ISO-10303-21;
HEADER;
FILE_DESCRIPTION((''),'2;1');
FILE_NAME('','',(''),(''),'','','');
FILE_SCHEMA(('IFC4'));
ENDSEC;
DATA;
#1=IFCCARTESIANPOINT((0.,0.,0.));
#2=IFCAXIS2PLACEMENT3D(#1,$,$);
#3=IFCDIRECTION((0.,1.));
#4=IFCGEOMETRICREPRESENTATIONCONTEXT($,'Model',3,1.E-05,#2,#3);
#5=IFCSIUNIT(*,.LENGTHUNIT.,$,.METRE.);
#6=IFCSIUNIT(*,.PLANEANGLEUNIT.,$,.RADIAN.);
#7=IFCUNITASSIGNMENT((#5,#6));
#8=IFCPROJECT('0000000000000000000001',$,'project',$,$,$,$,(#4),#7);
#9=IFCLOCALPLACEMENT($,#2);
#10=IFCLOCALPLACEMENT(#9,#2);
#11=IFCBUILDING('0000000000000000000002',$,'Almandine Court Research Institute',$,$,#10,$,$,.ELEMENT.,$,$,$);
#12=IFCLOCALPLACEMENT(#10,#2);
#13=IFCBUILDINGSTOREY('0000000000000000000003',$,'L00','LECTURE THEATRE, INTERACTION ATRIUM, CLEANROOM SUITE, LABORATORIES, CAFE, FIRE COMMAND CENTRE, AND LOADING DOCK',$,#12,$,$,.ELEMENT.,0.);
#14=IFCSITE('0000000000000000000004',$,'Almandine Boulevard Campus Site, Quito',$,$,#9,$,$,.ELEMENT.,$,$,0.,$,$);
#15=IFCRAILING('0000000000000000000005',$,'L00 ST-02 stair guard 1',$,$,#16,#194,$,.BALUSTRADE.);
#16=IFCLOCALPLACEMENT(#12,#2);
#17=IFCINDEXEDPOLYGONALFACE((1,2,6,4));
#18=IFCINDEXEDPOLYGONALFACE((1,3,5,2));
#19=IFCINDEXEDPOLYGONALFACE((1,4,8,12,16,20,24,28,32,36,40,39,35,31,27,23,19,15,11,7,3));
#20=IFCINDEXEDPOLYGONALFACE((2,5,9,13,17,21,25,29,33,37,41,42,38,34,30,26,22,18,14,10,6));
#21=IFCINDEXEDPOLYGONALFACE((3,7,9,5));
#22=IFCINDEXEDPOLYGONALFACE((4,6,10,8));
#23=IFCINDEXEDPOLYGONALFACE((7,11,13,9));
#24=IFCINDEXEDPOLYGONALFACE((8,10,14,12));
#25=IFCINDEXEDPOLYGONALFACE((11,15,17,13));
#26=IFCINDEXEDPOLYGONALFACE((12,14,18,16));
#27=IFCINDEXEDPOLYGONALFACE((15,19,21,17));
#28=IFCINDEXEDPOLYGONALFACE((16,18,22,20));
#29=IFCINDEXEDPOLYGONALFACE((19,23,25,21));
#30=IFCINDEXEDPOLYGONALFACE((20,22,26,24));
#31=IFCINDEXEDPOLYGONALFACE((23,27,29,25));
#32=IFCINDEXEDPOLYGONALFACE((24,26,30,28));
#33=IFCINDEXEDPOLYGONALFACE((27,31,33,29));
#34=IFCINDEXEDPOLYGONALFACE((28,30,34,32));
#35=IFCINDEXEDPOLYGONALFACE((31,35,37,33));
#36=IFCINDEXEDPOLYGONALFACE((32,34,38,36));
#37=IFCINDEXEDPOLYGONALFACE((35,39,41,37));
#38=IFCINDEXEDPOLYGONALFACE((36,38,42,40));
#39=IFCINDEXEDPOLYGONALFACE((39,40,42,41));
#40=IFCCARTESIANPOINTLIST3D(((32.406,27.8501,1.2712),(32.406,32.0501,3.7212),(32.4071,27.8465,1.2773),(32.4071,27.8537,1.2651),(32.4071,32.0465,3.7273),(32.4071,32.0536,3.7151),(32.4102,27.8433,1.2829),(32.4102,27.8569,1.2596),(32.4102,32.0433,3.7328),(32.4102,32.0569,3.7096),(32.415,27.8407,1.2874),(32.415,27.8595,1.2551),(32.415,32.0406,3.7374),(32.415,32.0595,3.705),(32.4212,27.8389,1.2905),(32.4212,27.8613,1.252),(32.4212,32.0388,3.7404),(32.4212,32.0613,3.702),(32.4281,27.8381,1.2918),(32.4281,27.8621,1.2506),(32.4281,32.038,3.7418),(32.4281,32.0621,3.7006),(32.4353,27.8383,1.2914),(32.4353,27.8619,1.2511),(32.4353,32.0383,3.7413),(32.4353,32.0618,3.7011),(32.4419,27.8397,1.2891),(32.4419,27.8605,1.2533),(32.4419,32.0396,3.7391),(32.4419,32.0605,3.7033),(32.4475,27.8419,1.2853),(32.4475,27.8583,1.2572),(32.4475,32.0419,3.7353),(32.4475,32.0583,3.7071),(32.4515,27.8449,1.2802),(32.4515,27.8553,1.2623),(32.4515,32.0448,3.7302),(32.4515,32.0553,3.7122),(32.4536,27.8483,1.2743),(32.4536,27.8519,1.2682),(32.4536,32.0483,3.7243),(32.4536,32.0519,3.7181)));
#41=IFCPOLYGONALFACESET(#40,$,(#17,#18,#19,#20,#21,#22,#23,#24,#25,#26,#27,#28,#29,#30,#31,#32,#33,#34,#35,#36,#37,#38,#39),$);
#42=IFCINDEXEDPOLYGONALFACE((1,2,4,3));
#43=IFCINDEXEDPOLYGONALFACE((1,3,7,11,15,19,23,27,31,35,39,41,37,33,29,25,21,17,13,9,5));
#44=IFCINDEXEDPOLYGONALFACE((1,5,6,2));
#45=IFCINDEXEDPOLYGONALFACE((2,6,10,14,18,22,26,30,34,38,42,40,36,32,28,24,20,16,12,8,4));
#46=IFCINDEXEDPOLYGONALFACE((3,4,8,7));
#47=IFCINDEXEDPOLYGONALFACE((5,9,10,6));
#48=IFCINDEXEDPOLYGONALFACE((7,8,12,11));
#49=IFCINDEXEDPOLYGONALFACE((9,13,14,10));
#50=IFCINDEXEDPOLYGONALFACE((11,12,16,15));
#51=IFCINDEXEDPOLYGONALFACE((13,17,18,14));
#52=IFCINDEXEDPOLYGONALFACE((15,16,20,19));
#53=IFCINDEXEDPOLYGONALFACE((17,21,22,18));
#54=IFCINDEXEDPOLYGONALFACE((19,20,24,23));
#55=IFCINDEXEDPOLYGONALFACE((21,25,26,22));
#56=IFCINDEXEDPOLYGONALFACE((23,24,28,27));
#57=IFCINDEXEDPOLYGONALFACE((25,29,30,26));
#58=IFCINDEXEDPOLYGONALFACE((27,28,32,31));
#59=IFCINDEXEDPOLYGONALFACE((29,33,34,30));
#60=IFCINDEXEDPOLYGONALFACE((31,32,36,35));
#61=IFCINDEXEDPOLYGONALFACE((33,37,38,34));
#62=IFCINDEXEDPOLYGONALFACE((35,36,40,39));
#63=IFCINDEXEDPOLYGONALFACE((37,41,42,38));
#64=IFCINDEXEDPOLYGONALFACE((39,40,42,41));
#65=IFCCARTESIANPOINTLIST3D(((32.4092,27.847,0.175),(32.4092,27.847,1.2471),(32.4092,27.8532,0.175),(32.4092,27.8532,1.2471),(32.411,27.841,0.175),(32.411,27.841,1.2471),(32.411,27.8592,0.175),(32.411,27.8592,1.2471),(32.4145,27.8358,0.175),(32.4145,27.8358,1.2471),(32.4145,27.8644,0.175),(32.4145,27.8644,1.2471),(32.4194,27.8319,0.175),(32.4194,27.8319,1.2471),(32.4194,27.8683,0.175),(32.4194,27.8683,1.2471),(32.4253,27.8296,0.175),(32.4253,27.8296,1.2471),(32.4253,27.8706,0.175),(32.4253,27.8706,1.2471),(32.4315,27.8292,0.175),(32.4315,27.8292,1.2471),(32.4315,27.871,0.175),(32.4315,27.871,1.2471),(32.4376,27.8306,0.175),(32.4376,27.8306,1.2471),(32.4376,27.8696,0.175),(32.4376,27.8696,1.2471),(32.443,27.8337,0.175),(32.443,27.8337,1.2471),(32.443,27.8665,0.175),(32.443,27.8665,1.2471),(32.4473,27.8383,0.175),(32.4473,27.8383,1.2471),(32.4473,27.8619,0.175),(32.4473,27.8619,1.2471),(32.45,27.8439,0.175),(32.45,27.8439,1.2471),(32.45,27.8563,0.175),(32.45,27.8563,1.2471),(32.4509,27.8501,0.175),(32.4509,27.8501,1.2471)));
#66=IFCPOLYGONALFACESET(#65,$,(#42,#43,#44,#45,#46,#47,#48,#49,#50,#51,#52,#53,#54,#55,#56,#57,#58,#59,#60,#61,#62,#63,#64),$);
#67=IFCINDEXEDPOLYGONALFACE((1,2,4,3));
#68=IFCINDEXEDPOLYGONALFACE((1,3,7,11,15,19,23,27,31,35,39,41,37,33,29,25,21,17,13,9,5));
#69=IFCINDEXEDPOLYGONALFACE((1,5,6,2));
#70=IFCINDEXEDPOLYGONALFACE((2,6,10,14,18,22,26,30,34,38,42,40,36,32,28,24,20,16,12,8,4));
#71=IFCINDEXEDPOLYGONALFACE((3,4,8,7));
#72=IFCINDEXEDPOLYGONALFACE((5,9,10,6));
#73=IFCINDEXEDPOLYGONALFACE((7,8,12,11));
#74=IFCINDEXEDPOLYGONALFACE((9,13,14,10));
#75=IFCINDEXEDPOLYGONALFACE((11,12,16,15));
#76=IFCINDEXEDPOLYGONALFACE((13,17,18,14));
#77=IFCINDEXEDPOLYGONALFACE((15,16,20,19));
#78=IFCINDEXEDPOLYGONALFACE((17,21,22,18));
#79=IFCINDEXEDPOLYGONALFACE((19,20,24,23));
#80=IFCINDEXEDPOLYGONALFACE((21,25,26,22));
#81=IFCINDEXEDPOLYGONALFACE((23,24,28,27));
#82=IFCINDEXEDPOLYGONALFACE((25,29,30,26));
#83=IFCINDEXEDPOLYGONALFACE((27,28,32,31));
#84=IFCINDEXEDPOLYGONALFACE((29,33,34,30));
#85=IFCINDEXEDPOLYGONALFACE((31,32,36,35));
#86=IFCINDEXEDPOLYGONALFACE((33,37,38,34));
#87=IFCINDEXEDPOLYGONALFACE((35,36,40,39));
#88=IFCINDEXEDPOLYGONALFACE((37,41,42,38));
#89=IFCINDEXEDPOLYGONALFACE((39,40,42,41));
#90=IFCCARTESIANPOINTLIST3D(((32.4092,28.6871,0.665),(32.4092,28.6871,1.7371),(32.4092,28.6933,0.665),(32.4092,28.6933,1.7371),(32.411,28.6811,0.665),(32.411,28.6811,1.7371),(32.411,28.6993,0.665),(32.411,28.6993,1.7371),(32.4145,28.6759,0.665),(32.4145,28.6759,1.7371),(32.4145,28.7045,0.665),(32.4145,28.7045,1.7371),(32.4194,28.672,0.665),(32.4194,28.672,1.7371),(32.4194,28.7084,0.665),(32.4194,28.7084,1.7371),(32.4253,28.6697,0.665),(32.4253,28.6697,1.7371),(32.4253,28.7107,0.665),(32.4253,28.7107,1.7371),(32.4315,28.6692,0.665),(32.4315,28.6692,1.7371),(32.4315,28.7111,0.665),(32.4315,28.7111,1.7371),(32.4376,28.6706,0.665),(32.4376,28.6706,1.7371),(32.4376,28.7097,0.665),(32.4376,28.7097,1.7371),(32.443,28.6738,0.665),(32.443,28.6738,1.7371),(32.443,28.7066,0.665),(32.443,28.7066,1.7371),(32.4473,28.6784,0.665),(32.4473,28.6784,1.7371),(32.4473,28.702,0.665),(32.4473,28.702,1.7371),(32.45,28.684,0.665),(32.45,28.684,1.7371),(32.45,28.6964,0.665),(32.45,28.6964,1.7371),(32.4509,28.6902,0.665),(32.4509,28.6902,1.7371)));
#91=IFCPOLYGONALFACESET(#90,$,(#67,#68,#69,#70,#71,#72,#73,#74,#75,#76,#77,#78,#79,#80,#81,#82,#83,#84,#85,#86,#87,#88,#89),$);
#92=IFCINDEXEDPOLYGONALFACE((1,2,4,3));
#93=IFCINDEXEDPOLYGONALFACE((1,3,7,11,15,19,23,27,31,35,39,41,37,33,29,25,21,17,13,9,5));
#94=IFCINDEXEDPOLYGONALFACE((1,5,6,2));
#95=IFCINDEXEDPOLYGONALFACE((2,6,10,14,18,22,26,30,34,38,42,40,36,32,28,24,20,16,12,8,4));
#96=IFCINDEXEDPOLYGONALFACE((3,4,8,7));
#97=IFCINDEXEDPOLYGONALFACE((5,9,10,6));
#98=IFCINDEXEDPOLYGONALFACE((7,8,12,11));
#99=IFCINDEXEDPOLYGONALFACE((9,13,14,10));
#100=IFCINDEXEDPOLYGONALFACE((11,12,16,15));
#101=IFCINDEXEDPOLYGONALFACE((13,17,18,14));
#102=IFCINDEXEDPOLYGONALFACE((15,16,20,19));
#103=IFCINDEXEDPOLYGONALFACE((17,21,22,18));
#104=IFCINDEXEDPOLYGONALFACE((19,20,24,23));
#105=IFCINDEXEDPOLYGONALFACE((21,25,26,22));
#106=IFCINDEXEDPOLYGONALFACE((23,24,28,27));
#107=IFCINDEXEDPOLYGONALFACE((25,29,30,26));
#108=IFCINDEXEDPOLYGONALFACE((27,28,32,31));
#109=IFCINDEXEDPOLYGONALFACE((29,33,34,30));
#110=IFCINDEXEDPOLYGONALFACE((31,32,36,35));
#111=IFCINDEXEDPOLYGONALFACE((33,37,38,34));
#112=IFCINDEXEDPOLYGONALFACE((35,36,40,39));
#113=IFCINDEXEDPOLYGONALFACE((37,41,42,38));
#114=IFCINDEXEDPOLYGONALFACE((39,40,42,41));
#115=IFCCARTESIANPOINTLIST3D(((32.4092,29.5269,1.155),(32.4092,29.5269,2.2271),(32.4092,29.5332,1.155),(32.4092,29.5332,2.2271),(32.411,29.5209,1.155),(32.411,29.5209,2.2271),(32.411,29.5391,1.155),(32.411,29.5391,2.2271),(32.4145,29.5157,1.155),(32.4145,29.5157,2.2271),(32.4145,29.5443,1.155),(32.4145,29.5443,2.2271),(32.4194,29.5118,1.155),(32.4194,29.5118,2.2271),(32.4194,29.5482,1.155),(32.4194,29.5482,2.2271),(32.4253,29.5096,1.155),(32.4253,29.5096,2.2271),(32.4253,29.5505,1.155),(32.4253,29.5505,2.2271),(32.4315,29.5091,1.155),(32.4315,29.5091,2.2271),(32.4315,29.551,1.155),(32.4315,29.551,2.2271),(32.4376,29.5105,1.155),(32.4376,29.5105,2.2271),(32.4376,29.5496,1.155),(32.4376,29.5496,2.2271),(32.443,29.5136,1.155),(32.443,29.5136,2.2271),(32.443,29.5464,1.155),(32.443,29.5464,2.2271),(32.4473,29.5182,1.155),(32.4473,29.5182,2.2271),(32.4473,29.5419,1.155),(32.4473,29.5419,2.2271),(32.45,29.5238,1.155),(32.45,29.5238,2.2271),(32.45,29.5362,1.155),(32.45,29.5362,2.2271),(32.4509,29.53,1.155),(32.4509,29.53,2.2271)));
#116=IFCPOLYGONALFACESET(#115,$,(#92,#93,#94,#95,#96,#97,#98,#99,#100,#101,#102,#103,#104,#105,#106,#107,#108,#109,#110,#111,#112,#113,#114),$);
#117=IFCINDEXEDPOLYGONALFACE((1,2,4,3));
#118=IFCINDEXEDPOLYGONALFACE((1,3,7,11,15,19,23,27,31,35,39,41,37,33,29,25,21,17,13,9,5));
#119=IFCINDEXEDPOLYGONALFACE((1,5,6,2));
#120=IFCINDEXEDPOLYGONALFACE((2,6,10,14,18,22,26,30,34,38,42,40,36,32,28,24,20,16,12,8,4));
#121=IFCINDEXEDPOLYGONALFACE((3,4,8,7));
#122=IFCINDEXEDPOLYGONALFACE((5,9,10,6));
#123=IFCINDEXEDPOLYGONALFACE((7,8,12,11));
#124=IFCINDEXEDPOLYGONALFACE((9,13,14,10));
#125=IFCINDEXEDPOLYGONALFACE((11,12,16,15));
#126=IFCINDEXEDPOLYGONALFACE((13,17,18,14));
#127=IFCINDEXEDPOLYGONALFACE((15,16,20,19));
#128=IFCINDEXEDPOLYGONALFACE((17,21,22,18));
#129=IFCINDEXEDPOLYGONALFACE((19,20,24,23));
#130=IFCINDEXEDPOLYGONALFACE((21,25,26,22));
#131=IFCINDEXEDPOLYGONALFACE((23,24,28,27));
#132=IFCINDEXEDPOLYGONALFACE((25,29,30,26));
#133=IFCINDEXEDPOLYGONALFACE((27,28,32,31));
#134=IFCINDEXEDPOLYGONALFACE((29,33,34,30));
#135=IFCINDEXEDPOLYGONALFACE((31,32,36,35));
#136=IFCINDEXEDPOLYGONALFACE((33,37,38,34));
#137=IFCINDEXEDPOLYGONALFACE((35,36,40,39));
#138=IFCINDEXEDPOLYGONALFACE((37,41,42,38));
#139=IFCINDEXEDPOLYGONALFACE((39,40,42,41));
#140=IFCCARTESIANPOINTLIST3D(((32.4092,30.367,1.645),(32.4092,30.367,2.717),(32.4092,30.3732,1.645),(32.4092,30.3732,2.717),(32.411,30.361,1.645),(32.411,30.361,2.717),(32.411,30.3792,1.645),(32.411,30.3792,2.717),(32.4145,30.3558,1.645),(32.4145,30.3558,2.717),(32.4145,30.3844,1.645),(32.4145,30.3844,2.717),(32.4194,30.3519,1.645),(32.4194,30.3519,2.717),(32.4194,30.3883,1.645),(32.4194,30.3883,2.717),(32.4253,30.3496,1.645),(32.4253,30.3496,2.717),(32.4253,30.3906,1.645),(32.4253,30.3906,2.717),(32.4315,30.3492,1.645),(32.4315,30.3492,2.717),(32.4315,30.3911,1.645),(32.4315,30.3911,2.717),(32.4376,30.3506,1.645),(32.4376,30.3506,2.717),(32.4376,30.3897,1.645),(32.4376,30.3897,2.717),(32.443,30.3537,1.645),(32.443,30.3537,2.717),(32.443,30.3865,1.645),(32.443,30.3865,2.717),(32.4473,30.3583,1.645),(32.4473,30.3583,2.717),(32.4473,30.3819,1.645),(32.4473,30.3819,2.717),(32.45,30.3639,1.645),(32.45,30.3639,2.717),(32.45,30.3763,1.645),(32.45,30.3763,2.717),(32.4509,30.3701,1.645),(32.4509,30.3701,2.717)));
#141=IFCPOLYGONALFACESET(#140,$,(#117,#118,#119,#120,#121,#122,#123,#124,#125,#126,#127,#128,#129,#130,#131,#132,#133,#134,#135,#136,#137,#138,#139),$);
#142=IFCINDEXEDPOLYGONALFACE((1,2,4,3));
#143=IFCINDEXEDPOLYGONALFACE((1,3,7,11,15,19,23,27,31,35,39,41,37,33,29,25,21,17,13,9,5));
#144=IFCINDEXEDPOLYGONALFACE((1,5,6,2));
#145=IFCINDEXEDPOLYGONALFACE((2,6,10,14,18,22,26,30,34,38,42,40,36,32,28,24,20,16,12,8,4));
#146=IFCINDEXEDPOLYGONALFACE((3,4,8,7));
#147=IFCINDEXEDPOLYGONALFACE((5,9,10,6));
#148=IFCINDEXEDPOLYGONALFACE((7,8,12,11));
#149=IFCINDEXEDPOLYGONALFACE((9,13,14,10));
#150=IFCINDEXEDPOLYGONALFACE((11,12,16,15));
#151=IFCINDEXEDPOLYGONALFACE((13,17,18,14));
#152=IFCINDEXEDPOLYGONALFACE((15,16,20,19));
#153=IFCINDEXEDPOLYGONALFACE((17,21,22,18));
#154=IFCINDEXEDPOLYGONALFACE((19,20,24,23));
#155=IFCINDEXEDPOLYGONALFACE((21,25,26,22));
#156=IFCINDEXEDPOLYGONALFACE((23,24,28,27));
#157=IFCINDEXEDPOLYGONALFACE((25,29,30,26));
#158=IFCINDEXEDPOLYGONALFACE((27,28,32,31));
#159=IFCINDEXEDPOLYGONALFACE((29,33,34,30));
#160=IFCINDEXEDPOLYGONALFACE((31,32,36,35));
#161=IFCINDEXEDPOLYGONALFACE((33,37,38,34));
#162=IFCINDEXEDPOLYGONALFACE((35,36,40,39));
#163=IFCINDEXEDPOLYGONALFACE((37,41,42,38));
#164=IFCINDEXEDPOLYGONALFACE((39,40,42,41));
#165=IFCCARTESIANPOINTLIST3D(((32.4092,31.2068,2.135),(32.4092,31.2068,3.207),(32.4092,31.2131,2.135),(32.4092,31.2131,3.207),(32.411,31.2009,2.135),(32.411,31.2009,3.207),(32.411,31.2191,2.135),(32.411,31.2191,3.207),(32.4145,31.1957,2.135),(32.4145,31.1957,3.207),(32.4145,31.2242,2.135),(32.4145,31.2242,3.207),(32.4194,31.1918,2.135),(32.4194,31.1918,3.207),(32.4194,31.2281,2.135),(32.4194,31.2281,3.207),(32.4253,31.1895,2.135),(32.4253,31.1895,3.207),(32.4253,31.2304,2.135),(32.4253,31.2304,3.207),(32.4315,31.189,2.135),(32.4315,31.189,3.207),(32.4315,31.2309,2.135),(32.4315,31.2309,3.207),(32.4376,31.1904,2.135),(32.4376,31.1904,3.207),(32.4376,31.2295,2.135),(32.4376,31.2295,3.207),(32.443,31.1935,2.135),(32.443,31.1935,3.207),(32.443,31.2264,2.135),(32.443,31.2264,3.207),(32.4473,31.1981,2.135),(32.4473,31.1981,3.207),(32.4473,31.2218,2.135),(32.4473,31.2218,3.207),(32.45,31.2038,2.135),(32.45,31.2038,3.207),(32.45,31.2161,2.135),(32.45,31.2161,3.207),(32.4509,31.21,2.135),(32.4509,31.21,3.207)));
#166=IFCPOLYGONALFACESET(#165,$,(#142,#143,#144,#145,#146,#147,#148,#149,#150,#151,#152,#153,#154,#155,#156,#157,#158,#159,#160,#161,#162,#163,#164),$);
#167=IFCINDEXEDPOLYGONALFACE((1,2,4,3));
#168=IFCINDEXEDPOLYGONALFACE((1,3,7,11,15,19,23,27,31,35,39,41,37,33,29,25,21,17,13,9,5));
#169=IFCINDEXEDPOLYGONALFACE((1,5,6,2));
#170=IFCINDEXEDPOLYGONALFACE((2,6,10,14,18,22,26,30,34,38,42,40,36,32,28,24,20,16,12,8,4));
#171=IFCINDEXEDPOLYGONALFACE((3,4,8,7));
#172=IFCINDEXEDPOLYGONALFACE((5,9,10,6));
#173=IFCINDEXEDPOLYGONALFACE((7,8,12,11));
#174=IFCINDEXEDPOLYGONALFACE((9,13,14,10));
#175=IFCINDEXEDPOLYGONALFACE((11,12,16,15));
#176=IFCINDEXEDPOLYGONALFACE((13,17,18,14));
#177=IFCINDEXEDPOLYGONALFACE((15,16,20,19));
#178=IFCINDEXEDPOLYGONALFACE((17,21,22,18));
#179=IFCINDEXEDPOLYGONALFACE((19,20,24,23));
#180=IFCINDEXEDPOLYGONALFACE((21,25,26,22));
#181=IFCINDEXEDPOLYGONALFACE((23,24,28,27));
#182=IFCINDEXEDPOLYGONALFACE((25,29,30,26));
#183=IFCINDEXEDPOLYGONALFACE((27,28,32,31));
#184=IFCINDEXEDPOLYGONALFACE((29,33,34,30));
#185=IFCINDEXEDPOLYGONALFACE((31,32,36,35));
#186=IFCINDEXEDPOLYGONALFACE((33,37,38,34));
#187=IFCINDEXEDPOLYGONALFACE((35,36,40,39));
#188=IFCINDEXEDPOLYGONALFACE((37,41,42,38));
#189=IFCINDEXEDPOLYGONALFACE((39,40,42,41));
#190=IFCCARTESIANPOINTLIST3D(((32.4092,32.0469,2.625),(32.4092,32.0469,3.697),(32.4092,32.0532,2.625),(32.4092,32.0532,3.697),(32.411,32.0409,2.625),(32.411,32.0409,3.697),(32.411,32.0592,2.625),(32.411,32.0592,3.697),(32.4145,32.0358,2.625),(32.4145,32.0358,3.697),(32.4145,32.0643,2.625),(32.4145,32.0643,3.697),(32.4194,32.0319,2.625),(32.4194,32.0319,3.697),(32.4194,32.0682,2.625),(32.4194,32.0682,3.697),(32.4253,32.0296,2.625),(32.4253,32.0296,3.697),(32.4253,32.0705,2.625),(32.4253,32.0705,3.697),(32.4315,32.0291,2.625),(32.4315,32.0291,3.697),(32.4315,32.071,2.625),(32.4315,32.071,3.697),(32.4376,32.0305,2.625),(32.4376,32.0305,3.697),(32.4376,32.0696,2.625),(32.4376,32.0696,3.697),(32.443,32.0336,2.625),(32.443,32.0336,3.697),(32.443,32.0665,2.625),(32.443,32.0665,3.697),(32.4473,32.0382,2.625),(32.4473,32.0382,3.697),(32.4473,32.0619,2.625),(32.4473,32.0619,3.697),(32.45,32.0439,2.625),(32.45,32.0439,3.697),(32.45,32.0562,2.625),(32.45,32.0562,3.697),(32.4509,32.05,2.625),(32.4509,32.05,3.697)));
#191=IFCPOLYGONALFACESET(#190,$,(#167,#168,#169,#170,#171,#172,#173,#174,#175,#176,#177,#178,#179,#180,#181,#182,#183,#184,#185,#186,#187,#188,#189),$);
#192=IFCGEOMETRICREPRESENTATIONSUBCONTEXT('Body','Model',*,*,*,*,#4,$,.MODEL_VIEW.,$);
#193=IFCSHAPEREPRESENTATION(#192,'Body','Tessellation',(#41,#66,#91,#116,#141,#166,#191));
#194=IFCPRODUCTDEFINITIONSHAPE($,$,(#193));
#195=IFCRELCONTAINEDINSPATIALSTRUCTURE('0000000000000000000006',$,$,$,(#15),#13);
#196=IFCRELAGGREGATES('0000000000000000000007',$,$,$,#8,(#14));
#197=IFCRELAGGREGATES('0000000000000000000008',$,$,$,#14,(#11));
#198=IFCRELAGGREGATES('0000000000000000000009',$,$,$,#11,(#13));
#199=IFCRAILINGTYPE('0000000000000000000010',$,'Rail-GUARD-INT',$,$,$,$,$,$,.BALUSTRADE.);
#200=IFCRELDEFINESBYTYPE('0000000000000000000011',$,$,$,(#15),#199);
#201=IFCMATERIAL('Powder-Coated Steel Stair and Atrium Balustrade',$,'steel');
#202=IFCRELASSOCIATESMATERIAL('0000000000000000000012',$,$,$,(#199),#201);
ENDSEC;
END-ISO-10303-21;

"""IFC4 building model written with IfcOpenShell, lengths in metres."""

from ifc_helpers import new_model, si_unit, direction, frame, origin, origin_2d, place, context, subcontext, project, spatial, circle, extrude, material, type_object, element, save


model = new_model("IFC4")

# Units and contexts
model_context = context("Model", 3, precision=1e-05, world=origin(), true_north=direction((0.0, 1.0)))
body_context = subcontext(model_context, "Body", "Model", "MODEL_VIEW")
ifc_project = project(units=[si_unit("LENGTHUNIT", "METRE"), si_unit("PLANEANGLEUNIT", "RADIAN")], contexts=[model_context])

# Site, building, storey
site_placement = place(None, origin())
site = spatial("IfcSite", under=ifc_project, at=site_placement, Name="Almandine Boulevard Campus Site, Quito", CompositionType="ELEMENT", RefElevation=0.0)
building_placement = place(site_placement, origin())
building = spatial("IfcBuilding", under=site, at=building_placement, Name="Almandine Court Research Institute", CompositionType="ELEMENT")
storey_placement = place(building_placement, origin())
storey = spatial("IfcBuildingStorey", under=building, at=storey_placement, Name="L00", Description="LECTURE THEATRE, INTERACTION ATRIUM, CLEANROOM SUITE, LABORATORIES, CAFE, FIRE COMMAND CENTRE, AND LOADING DOCK", CompositionType="ELEMENT", Elevation=0.0)

# Railing
ifc_material_1 = material(Name="Powder-Coated Steel Stair and Atrium Balustrade", Category="steel")
railing_type_1 = type_object("IfcRailingType", Name="Rail-GUARD-INT", PredefinedType="BALUSTRADE", material=ifc_material_1)
railing_1_placement = place(storey_placement, frame((32.4299, 27.8501, 0.175)))
element("IfcRailing", 1, at=railing_1_placement, inside=storey, type_object=railing_type_1, Name="L00 ST-02 stair guard 1", PredefinedType="BALUSTRADE", context=body_context, shape_type="SweptSolid", body=[
    extrude(circle(Radius=0.0239, at=origin_2d()), frame((0.0, 0.0, 1.0962), z_axis=(0.0, 0.863781, 0.503868), x_axis=(-1.0, 0.0, 0.0)), (0.0, 0.0, 1.0), 4.8623),
    extrude(circle(Radius=0.021, at=origin_2d()), origin(), (0.0, 0.0, 1.0), 1.072),
    extrude(circle(Radius=0.021, at=origin_2d()), frame((0.0, 0.8401, 0.49)), (0.0, 0.0, 1.0), 1.072),
    extrude(circle(Radius=0.021, at=origin_2d()), frame((0.0, 1.6799, 0.98)), (0.0, 0.0, 1.0), 1.072),
    extrude(circle(Radius=0.021, at=origin_2d()), frame((0.0, 2.52, 1.47)), (0.0, 0.0, 1.0), 1.072),
    extrude(circle(Radius=0.021, at=origin_2d()), frame((0.0, 3.3599, 1.96)), (0.0, 0.0, 1.0), 1.072),
    extrude(circle(Radius=0.021, at=origin_2d()), frame((0.0, 4.2, 2.45)), (0.0, 0.0, 1.0), 1.072),
])

save(model, "model.ifc")
